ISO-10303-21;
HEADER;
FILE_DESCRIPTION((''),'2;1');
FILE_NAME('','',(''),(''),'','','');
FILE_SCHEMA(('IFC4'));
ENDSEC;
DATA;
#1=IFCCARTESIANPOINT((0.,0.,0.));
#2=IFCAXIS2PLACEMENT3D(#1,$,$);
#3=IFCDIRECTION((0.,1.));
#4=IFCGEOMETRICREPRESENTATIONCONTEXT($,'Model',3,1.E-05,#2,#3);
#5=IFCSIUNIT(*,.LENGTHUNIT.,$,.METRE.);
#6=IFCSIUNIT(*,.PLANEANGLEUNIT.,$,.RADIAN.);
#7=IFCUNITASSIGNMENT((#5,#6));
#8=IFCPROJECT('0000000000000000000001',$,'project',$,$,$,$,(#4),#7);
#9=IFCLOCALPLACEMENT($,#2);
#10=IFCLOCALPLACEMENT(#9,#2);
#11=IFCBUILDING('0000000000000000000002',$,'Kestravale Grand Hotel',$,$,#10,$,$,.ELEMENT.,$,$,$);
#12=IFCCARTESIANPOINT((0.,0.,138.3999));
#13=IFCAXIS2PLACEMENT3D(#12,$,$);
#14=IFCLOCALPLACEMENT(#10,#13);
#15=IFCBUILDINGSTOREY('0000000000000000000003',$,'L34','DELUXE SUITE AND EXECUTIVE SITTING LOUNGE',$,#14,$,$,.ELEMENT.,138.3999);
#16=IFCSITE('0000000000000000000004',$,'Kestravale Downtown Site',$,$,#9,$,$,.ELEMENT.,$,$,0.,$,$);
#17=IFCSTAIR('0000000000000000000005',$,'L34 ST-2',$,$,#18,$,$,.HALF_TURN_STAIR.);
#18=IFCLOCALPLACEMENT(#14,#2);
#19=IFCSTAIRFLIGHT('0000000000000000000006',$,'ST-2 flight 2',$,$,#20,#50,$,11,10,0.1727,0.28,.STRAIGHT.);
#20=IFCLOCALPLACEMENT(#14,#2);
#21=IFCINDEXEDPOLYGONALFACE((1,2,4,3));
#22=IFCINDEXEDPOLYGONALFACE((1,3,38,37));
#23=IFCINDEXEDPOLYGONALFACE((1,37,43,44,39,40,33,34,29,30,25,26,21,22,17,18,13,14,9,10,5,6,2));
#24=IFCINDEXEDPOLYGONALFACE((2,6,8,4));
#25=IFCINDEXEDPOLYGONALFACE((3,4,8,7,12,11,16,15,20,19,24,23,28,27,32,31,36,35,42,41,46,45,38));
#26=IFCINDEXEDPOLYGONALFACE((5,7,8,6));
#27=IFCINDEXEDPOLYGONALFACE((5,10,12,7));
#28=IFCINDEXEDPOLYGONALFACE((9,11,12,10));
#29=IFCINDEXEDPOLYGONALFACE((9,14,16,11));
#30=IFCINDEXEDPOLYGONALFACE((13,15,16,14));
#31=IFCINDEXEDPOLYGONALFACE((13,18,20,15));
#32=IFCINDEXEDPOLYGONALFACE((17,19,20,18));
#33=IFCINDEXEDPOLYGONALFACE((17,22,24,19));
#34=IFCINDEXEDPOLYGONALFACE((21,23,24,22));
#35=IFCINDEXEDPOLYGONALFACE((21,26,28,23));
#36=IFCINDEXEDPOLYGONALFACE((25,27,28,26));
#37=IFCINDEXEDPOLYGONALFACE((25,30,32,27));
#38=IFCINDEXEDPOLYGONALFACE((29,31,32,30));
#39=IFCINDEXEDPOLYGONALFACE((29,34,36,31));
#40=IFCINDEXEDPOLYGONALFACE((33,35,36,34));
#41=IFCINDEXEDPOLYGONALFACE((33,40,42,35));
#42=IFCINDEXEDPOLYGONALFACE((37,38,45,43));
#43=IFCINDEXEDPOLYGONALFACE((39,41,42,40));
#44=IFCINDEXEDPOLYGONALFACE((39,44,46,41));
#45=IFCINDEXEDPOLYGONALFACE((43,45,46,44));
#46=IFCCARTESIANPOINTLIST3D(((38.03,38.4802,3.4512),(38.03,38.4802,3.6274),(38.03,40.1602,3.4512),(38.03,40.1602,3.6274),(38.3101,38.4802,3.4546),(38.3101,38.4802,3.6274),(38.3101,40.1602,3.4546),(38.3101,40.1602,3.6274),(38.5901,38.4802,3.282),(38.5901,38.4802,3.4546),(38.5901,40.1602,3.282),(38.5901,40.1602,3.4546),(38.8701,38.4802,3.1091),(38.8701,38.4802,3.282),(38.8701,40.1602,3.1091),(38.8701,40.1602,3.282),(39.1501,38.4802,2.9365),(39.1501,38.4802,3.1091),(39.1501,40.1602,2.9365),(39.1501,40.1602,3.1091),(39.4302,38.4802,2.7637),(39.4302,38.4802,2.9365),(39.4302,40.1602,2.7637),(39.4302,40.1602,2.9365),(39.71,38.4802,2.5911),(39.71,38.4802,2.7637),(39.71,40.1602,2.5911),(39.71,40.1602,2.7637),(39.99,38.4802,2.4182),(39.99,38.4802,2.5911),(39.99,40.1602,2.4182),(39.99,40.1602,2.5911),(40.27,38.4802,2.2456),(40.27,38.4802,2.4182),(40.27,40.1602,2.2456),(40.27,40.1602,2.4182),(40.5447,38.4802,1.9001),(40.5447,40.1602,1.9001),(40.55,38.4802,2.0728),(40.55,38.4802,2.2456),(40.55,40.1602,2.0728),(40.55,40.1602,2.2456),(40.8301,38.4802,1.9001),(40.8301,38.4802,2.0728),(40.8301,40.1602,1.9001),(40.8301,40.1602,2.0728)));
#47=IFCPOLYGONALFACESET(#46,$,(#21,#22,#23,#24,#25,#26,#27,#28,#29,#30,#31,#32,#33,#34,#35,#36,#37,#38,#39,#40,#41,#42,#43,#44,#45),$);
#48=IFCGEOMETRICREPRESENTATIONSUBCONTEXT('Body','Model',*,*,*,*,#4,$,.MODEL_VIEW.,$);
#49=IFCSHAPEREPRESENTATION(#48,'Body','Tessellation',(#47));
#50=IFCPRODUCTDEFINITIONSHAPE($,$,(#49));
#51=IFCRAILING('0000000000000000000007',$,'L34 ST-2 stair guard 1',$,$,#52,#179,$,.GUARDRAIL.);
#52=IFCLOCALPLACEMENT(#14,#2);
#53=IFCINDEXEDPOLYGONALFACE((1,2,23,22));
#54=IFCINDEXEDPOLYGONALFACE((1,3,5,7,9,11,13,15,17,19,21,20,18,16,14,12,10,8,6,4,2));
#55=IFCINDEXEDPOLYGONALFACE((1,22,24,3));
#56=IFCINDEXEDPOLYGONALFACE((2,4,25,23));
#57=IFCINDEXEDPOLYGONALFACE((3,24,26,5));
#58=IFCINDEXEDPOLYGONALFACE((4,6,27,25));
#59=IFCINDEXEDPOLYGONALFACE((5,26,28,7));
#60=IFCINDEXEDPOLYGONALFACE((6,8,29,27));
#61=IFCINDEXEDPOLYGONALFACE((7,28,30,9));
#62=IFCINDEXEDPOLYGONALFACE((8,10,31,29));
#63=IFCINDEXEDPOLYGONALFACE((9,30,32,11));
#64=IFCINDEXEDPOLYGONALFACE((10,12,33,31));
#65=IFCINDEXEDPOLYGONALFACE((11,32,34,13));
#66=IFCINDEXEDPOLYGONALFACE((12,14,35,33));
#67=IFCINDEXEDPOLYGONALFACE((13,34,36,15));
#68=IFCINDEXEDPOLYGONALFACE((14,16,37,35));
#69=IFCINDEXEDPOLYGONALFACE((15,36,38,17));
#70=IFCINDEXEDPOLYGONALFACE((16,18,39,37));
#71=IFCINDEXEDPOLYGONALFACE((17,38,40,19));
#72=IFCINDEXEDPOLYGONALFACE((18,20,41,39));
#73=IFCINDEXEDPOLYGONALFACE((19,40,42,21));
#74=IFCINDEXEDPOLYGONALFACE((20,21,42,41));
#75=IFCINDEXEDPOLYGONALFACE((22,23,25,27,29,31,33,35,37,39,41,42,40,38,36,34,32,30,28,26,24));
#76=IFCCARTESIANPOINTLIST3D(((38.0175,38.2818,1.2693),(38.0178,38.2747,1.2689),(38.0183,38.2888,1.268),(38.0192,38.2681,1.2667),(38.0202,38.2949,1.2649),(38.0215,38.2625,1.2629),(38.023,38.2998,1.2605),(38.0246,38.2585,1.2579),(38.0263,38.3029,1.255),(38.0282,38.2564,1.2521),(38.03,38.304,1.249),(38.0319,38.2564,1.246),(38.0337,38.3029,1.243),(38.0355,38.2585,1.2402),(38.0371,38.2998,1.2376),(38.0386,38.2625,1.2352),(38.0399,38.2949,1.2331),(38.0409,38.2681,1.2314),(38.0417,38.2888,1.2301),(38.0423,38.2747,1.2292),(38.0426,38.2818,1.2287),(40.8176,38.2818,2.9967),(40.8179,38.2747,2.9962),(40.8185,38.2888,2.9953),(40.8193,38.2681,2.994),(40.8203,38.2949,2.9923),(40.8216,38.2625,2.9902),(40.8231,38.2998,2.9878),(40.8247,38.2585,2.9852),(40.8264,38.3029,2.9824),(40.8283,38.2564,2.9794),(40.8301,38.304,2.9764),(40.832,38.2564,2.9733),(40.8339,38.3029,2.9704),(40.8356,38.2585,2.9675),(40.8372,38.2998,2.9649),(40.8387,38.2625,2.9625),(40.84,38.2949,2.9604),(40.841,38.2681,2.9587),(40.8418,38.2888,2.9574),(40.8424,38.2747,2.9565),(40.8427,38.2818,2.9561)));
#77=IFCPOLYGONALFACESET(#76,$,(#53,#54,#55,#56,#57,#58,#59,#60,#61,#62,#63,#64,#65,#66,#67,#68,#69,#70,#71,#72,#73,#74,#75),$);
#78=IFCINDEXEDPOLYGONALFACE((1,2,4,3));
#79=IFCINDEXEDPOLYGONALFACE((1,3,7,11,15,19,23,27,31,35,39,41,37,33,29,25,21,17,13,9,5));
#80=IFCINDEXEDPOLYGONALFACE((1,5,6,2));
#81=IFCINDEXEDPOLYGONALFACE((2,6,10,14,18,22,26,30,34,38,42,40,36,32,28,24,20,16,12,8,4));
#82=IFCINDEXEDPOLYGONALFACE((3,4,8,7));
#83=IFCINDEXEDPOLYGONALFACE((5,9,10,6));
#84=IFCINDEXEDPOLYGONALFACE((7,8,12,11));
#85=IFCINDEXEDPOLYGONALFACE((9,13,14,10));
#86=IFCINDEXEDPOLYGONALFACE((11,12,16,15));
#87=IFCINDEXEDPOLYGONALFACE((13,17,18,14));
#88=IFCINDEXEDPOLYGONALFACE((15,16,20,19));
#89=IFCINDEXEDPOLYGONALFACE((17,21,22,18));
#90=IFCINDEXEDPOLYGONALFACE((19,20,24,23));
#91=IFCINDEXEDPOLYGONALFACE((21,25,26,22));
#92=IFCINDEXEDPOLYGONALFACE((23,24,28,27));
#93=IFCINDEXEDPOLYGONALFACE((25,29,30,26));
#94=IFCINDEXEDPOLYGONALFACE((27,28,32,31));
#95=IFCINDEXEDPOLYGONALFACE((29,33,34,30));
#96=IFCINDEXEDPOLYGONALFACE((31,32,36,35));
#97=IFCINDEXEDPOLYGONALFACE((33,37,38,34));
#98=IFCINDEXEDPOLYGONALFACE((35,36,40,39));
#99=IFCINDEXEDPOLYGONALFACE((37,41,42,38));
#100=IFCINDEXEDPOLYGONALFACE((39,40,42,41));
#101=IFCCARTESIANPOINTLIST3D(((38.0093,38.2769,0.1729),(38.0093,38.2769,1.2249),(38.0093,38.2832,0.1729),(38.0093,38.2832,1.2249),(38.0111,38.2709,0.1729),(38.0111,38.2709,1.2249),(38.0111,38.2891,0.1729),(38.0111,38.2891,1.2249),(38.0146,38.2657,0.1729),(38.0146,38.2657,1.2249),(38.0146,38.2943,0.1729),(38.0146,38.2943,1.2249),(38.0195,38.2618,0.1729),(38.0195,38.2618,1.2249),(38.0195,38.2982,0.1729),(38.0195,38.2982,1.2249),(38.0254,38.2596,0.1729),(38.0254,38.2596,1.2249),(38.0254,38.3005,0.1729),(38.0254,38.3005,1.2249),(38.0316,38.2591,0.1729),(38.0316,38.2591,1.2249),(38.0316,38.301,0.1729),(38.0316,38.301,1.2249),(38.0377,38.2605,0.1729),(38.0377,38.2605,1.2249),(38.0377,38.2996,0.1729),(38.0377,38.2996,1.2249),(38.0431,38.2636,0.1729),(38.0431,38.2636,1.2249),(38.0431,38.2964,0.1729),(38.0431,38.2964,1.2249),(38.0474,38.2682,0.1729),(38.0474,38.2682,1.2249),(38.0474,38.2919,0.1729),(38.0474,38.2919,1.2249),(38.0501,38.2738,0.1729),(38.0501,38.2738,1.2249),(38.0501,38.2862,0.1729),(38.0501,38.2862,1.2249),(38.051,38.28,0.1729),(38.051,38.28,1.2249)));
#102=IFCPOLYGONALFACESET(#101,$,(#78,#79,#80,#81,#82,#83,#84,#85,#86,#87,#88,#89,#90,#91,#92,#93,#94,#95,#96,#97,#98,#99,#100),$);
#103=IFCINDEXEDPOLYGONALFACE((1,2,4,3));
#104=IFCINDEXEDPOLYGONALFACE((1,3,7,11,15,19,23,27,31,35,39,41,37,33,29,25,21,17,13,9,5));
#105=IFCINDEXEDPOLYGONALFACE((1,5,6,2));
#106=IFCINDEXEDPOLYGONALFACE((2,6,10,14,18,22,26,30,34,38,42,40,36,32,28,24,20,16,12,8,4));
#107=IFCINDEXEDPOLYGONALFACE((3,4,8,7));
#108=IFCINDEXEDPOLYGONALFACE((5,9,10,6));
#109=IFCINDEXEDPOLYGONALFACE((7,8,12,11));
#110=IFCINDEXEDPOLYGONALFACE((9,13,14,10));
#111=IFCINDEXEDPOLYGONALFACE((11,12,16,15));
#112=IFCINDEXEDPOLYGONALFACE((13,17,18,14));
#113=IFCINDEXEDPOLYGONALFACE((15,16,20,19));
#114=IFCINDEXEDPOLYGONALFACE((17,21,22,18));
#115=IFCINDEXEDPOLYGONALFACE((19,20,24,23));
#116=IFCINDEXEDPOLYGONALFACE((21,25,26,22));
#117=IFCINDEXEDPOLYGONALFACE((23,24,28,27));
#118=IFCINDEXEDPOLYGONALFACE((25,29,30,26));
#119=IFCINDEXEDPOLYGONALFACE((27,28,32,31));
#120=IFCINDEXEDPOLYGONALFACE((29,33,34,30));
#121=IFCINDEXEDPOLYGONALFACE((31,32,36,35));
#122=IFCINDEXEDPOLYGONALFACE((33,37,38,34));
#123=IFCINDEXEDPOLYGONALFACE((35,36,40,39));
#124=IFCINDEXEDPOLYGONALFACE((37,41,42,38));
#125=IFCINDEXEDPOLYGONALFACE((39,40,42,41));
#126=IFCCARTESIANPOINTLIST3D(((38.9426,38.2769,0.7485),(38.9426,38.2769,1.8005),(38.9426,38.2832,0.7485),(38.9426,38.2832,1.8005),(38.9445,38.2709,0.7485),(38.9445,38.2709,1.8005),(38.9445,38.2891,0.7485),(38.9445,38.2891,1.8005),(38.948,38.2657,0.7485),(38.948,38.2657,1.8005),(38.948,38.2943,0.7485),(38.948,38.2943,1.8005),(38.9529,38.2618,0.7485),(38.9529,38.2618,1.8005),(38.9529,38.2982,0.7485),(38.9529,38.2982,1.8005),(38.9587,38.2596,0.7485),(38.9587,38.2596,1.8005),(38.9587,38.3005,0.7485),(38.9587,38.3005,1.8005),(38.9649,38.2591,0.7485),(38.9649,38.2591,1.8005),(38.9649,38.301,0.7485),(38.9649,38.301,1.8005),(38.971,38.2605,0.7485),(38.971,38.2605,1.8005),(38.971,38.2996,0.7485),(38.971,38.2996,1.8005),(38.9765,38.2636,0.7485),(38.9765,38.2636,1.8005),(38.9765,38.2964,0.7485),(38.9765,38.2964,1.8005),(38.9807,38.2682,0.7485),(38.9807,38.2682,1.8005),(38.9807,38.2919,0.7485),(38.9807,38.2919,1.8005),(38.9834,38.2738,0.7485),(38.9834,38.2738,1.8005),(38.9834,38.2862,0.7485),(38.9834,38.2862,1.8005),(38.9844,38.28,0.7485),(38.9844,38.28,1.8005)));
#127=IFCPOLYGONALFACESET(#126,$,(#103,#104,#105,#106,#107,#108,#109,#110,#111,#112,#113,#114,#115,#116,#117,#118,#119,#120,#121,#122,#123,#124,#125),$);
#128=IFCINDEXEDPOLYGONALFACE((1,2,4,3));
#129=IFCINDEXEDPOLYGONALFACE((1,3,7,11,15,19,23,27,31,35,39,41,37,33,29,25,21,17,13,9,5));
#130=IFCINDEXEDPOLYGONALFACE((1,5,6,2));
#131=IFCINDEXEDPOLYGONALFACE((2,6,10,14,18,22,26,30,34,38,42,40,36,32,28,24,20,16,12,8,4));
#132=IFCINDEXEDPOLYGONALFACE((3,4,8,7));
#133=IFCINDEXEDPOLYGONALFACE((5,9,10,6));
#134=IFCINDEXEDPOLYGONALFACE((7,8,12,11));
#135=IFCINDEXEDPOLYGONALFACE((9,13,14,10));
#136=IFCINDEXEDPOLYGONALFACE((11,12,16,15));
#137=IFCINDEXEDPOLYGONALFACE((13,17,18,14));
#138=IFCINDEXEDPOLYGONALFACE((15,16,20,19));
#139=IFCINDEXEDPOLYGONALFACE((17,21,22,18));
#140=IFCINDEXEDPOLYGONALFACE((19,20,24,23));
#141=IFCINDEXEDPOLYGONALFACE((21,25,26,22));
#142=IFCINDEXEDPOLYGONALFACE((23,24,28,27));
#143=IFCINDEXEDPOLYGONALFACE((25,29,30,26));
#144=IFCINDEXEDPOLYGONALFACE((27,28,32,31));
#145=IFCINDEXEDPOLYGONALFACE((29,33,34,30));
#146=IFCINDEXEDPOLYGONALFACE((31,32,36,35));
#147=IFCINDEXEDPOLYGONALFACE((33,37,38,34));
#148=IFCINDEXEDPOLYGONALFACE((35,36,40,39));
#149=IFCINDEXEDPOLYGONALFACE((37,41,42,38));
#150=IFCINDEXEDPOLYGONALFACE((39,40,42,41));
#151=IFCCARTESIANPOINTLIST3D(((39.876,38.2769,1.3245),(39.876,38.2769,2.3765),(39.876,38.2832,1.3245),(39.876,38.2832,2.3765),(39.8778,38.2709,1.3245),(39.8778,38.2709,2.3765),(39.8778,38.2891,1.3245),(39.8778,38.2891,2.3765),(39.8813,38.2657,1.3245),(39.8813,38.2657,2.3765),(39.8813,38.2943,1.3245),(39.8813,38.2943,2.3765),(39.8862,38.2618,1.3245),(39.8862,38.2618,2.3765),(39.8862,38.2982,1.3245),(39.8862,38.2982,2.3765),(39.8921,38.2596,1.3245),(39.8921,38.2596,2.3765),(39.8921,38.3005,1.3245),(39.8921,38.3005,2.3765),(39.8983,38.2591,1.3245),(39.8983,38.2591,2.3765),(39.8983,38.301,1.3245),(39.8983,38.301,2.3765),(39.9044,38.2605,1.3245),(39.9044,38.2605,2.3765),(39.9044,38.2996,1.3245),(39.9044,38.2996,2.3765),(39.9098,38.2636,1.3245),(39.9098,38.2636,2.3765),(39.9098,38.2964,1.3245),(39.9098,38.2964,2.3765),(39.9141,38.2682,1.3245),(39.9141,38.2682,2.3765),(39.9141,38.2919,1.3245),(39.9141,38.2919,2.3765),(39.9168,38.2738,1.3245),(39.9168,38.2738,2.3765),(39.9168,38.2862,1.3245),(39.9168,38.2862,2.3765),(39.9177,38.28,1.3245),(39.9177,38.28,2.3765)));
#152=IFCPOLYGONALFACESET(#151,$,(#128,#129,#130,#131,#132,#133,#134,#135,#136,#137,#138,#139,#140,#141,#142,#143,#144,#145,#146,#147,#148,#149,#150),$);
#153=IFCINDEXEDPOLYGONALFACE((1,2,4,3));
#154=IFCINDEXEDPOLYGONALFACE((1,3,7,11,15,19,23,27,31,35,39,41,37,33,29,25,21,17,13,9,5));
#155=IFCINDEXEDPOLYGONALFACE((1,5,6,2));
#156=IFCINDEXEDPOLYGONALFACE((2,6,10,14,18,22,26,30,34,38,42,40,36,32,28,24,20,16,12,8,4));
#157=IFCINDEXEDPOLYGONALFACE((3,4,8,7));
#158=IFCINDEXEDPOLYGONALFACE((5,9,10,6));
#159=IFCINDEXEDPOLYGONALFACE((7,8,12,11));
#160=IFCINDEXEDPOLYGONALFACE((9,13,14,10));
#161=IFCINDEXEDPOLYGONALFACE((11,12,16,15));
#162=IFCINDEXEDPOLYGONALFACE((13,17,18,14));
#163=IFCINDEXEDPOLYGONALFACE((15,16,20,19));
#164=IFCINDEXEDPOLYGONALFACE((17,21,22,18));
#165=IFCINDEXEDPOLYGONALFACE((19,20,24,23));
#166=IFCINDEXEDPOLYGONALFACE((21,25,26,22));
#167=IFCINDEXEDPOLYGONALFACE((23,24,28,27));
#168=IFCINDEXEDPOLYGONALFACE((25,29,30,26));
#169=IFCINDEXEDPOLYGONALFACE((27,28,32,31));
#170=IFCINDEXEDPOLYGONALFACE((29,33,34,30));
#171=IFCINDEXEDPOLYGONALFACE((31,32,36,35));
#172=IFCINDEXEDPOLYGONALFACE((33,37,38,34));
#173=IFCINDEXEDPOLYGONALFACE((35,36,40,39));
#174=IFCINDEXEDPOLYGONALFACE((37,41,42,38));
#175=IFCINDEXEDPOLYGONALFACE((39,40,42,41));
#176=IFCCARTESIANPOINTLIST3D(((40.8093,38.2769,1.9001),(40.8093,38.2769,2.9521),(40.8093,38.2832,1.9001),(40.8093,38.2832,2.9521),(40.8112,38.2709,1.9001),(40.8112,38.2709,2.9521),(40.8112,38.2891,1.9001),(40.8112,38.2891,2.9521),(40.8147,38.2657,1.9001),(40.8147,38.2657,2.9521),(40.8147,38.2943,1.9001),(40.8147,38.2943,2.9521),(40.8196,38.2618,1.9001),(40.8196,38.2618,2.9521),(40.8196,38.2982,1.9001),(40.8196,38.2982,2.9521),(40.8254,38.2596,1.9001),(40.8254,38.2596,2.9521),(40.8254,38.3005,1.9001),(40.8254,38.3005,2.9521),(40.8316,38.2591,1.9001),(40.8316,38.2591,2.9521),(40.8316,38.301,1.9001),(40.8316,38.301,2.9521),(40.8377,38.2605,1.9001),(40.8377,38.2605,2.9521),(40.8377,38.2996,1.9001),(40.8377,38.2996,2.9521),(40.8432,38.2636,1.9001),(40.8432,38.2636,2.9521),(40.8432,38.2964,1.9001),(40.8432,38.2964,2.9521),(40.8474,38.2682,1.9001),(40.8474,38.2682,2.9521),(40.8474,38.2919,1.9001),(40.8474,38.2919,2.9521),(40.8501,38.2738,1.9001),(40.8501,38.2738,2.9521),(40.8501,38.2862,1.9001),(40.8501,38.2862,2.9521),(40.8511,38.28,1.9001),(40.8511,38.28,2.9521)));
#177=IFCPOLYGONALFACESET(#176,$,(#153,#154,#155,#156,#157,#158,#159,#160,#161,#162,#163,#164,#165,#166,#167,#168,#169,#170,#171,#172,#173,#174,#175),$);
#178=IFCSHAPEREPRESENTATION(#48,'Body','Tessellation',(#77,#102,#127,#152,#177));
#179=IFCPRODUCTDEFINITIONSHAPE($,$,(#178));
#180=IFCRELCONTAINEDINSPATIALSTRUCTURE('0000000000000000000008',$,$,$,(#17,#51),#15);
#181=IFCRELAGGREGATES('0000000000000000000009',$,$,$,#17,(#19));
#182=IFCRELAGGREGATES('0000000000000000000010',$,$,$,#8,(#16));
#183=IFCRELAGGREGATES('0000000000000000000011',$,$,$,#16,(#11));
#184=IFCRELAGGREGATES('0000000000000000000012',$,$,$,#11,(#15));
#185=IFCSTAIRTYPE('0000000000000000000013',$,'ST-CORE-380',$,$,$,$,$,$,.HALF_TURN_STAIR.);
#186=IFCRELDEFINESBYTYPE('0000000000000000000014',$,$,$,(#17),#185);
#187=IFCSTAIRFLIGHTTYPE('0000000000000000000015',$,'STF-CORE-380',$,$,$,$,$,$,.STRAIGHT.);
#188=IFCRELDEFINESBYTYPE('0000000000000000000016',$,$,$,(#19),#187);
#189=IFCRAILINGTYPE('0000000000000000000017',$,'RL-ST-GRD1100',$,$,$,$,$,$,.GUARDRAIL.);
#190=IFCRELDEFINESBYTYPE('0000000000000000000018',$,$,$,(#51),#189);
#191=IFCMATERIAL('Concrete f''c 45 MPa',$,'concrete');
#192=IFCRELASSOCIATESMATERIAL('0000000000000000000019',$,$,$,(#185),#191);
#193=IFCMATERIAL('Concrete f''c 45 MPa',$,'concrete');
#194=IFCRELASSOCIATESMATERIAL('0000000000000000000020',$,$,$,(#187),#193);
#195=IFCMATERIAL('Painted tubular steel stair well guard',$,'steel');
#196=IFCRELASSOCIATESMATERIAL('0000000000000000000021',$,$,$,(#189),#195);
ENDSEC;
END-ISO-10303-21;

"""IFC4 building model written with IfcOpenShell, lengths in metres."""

from ifc_helpers import new_model, si_unit, direction, frame, origin, origin_2d, place, context, subcontext, project, spatial, polyline, circle, outline, extrude, material, type_object, element, aggregate, save


model = new_model("IFC4")

# Units and contexts
model_context = context("Model", 3, precision=1e-05, world=origin(), true_north=direction((0.0, 1.0)))
body_context = subcontext(model_context, "Body", "Model", "MODEL_VIEW")
ifc_project = project(units=[si_unit("LENGTHUNIT", "METRE"), si_unit("PLANEANGLEUNIT", "RADIAN")], contexts=[model_context])

# Site, building, storey
site_placement = place(None, origin())
site = spatial("IfcSite", under=ifc_project, at=site_placement, Name="Kestravale Downtown Site", CompositionType="ELEMENT", RefElevation=0.0)
building_placement = place(site_placement, origin())
building = spatial("IfcBuilding", under=site, at=building_placement, Name="Kestravale Grand Hotel", CompositionType="ELEMENT")
storey_placement = place(building_placement, frame((0.0, 0.0, 138.3999)))
storey = spatial("IfcBuildingStorey", under=building, at=storey_placement, Name="L34", Description="DELUXE SUITE AND EXECUTIVE SITTING LOUNGE", CompositionType="ELEMENT", Elevation=138.3999)

# Stair, stair flight
ifc_material_1 = material(Name="Concrete f'c 45 MPa", Category="concrete")
stair_type = type_object("IfcStairType", Name="ST-CORE-380", PredefinedType="HALF_TURN_STAIR", material=ifc_material_1)
stair_placement = place(storey_placement, origin())
stair = element("IfcStair", 1, at=stair_placement, inside=storey, type_object=stair_type, Name="L34 ST-2", PredefinedType="HALF_TURN_STAIR")
ifc_material_2 = material(Name="Concrete f'c 45 MPa", Category="concrete")
stair_flight_type = type_object("IfcStairFlightType", Name="STF-CORE-380", PredefinedType="STRAIGHT", material=ifc_material_2)
stair_flight_1_placement = place(storey_placement, frame((40.8301, 39.3201, 1.9001), z_axis=(0.0, 0.0, 1.0), x_axis=(-1.0, 0.0, 0.0)))
stair_flight_1 = element("IfcStairFlight", 2, at=stair_flight_1_placement, type_object=stair_flight_type, Name="ST-2 flight 2", NumberOfRisers=11, NumberOfTreads=10, PredefinedType="STRAIGHT", RiserHeight=0.1727, TreadLength=0.28, context=body_context, shape_type="SweptSolid", body=[
    extrude(outline(polyline([(0.0, 0.0), (0.0, 0.1726), (0.28, 0.1726), (0.28, 0.3455), (0.5601, 0.3455), (0.5601, 0.5181), (0.8401, 0.5181), (0.8401, 0.6909), (1.1201, 0.6909), (1.1201, 0.8635), (1.3999, 0.8635), (1.3999, 1.0364), (1.6799, 1.0364), (1.6799, 1.209), (1.96, 1.209), (1.96, 1.3818), (2.24, 1.3818), (2.24, 1.5544), (2.52, 1.5544), (2.52, 1.7273), (2.8, 1.7273), (2.8, 1.8999), (2.8, 1.551), (0.2854, 0.0), (0.0, 0.0)])), frame((0.0, 0.8398, 0.0), z_axis=(0.0, -1.0, 0.0), x_axis=(1.0, 0.0, 0.0)), (0.0, 0.0, 1.0), 1.6799),
])
aggregate(stair, [stair_flight_1])

# Railing
ifc_material_3 = material(Name="Painted tubular steel stair well guard", Category="steel")
railing_type_1 = type_object("IfcRailingType", Name="RL-ST-GRD1100", PredefinedType="GUARDRAIL", material=ifc_material_3)
railing_1_placement = place(storey_placement, frame((38.03, 38.28, 0.1729)))
element("IfcRailing", 3, at=railing_1_placement, inside=storey, type_object=railing_type_1, Name="L34 ST-2 stair guard 1", PredefinedType="GUARDRAIL", context=body_context, shape_type="SweptSolid", body=[
    extrude(circle(Radius=0.0239, at=origin_2d()), frame((0.0, 0.0, 1.0762), z_axis=(0.85109, 0.0, 0.52502), x_axis=(0.0, 1.0, 0.0)), (0.0, 0.0, 1.0), 3.29),
    extrude(circle(Radius=0.021, at=origin_2d()), origin(), (0.0, 0.0, 1.0), 1.052),
    extrude(circle(Radius=0.021, at=origin_2d()), frame((0.9333, 0.0, 0.5757)), (0.0, 0.0, 1.0), 1.052),
    extrude(circle(Radius=0.021, at=origin_2d()), frame((1.8667, 0.0, 1.1516)), (0.0, 0.0, 1.0), 1.052),
    extrude(circle(Radius=0.021, at=origin_2d()), frame((2.8, 0.0, 1.7273)), (0.0, 0.0, 1.0), 1.052),
])

save(model, "model.ifc")
